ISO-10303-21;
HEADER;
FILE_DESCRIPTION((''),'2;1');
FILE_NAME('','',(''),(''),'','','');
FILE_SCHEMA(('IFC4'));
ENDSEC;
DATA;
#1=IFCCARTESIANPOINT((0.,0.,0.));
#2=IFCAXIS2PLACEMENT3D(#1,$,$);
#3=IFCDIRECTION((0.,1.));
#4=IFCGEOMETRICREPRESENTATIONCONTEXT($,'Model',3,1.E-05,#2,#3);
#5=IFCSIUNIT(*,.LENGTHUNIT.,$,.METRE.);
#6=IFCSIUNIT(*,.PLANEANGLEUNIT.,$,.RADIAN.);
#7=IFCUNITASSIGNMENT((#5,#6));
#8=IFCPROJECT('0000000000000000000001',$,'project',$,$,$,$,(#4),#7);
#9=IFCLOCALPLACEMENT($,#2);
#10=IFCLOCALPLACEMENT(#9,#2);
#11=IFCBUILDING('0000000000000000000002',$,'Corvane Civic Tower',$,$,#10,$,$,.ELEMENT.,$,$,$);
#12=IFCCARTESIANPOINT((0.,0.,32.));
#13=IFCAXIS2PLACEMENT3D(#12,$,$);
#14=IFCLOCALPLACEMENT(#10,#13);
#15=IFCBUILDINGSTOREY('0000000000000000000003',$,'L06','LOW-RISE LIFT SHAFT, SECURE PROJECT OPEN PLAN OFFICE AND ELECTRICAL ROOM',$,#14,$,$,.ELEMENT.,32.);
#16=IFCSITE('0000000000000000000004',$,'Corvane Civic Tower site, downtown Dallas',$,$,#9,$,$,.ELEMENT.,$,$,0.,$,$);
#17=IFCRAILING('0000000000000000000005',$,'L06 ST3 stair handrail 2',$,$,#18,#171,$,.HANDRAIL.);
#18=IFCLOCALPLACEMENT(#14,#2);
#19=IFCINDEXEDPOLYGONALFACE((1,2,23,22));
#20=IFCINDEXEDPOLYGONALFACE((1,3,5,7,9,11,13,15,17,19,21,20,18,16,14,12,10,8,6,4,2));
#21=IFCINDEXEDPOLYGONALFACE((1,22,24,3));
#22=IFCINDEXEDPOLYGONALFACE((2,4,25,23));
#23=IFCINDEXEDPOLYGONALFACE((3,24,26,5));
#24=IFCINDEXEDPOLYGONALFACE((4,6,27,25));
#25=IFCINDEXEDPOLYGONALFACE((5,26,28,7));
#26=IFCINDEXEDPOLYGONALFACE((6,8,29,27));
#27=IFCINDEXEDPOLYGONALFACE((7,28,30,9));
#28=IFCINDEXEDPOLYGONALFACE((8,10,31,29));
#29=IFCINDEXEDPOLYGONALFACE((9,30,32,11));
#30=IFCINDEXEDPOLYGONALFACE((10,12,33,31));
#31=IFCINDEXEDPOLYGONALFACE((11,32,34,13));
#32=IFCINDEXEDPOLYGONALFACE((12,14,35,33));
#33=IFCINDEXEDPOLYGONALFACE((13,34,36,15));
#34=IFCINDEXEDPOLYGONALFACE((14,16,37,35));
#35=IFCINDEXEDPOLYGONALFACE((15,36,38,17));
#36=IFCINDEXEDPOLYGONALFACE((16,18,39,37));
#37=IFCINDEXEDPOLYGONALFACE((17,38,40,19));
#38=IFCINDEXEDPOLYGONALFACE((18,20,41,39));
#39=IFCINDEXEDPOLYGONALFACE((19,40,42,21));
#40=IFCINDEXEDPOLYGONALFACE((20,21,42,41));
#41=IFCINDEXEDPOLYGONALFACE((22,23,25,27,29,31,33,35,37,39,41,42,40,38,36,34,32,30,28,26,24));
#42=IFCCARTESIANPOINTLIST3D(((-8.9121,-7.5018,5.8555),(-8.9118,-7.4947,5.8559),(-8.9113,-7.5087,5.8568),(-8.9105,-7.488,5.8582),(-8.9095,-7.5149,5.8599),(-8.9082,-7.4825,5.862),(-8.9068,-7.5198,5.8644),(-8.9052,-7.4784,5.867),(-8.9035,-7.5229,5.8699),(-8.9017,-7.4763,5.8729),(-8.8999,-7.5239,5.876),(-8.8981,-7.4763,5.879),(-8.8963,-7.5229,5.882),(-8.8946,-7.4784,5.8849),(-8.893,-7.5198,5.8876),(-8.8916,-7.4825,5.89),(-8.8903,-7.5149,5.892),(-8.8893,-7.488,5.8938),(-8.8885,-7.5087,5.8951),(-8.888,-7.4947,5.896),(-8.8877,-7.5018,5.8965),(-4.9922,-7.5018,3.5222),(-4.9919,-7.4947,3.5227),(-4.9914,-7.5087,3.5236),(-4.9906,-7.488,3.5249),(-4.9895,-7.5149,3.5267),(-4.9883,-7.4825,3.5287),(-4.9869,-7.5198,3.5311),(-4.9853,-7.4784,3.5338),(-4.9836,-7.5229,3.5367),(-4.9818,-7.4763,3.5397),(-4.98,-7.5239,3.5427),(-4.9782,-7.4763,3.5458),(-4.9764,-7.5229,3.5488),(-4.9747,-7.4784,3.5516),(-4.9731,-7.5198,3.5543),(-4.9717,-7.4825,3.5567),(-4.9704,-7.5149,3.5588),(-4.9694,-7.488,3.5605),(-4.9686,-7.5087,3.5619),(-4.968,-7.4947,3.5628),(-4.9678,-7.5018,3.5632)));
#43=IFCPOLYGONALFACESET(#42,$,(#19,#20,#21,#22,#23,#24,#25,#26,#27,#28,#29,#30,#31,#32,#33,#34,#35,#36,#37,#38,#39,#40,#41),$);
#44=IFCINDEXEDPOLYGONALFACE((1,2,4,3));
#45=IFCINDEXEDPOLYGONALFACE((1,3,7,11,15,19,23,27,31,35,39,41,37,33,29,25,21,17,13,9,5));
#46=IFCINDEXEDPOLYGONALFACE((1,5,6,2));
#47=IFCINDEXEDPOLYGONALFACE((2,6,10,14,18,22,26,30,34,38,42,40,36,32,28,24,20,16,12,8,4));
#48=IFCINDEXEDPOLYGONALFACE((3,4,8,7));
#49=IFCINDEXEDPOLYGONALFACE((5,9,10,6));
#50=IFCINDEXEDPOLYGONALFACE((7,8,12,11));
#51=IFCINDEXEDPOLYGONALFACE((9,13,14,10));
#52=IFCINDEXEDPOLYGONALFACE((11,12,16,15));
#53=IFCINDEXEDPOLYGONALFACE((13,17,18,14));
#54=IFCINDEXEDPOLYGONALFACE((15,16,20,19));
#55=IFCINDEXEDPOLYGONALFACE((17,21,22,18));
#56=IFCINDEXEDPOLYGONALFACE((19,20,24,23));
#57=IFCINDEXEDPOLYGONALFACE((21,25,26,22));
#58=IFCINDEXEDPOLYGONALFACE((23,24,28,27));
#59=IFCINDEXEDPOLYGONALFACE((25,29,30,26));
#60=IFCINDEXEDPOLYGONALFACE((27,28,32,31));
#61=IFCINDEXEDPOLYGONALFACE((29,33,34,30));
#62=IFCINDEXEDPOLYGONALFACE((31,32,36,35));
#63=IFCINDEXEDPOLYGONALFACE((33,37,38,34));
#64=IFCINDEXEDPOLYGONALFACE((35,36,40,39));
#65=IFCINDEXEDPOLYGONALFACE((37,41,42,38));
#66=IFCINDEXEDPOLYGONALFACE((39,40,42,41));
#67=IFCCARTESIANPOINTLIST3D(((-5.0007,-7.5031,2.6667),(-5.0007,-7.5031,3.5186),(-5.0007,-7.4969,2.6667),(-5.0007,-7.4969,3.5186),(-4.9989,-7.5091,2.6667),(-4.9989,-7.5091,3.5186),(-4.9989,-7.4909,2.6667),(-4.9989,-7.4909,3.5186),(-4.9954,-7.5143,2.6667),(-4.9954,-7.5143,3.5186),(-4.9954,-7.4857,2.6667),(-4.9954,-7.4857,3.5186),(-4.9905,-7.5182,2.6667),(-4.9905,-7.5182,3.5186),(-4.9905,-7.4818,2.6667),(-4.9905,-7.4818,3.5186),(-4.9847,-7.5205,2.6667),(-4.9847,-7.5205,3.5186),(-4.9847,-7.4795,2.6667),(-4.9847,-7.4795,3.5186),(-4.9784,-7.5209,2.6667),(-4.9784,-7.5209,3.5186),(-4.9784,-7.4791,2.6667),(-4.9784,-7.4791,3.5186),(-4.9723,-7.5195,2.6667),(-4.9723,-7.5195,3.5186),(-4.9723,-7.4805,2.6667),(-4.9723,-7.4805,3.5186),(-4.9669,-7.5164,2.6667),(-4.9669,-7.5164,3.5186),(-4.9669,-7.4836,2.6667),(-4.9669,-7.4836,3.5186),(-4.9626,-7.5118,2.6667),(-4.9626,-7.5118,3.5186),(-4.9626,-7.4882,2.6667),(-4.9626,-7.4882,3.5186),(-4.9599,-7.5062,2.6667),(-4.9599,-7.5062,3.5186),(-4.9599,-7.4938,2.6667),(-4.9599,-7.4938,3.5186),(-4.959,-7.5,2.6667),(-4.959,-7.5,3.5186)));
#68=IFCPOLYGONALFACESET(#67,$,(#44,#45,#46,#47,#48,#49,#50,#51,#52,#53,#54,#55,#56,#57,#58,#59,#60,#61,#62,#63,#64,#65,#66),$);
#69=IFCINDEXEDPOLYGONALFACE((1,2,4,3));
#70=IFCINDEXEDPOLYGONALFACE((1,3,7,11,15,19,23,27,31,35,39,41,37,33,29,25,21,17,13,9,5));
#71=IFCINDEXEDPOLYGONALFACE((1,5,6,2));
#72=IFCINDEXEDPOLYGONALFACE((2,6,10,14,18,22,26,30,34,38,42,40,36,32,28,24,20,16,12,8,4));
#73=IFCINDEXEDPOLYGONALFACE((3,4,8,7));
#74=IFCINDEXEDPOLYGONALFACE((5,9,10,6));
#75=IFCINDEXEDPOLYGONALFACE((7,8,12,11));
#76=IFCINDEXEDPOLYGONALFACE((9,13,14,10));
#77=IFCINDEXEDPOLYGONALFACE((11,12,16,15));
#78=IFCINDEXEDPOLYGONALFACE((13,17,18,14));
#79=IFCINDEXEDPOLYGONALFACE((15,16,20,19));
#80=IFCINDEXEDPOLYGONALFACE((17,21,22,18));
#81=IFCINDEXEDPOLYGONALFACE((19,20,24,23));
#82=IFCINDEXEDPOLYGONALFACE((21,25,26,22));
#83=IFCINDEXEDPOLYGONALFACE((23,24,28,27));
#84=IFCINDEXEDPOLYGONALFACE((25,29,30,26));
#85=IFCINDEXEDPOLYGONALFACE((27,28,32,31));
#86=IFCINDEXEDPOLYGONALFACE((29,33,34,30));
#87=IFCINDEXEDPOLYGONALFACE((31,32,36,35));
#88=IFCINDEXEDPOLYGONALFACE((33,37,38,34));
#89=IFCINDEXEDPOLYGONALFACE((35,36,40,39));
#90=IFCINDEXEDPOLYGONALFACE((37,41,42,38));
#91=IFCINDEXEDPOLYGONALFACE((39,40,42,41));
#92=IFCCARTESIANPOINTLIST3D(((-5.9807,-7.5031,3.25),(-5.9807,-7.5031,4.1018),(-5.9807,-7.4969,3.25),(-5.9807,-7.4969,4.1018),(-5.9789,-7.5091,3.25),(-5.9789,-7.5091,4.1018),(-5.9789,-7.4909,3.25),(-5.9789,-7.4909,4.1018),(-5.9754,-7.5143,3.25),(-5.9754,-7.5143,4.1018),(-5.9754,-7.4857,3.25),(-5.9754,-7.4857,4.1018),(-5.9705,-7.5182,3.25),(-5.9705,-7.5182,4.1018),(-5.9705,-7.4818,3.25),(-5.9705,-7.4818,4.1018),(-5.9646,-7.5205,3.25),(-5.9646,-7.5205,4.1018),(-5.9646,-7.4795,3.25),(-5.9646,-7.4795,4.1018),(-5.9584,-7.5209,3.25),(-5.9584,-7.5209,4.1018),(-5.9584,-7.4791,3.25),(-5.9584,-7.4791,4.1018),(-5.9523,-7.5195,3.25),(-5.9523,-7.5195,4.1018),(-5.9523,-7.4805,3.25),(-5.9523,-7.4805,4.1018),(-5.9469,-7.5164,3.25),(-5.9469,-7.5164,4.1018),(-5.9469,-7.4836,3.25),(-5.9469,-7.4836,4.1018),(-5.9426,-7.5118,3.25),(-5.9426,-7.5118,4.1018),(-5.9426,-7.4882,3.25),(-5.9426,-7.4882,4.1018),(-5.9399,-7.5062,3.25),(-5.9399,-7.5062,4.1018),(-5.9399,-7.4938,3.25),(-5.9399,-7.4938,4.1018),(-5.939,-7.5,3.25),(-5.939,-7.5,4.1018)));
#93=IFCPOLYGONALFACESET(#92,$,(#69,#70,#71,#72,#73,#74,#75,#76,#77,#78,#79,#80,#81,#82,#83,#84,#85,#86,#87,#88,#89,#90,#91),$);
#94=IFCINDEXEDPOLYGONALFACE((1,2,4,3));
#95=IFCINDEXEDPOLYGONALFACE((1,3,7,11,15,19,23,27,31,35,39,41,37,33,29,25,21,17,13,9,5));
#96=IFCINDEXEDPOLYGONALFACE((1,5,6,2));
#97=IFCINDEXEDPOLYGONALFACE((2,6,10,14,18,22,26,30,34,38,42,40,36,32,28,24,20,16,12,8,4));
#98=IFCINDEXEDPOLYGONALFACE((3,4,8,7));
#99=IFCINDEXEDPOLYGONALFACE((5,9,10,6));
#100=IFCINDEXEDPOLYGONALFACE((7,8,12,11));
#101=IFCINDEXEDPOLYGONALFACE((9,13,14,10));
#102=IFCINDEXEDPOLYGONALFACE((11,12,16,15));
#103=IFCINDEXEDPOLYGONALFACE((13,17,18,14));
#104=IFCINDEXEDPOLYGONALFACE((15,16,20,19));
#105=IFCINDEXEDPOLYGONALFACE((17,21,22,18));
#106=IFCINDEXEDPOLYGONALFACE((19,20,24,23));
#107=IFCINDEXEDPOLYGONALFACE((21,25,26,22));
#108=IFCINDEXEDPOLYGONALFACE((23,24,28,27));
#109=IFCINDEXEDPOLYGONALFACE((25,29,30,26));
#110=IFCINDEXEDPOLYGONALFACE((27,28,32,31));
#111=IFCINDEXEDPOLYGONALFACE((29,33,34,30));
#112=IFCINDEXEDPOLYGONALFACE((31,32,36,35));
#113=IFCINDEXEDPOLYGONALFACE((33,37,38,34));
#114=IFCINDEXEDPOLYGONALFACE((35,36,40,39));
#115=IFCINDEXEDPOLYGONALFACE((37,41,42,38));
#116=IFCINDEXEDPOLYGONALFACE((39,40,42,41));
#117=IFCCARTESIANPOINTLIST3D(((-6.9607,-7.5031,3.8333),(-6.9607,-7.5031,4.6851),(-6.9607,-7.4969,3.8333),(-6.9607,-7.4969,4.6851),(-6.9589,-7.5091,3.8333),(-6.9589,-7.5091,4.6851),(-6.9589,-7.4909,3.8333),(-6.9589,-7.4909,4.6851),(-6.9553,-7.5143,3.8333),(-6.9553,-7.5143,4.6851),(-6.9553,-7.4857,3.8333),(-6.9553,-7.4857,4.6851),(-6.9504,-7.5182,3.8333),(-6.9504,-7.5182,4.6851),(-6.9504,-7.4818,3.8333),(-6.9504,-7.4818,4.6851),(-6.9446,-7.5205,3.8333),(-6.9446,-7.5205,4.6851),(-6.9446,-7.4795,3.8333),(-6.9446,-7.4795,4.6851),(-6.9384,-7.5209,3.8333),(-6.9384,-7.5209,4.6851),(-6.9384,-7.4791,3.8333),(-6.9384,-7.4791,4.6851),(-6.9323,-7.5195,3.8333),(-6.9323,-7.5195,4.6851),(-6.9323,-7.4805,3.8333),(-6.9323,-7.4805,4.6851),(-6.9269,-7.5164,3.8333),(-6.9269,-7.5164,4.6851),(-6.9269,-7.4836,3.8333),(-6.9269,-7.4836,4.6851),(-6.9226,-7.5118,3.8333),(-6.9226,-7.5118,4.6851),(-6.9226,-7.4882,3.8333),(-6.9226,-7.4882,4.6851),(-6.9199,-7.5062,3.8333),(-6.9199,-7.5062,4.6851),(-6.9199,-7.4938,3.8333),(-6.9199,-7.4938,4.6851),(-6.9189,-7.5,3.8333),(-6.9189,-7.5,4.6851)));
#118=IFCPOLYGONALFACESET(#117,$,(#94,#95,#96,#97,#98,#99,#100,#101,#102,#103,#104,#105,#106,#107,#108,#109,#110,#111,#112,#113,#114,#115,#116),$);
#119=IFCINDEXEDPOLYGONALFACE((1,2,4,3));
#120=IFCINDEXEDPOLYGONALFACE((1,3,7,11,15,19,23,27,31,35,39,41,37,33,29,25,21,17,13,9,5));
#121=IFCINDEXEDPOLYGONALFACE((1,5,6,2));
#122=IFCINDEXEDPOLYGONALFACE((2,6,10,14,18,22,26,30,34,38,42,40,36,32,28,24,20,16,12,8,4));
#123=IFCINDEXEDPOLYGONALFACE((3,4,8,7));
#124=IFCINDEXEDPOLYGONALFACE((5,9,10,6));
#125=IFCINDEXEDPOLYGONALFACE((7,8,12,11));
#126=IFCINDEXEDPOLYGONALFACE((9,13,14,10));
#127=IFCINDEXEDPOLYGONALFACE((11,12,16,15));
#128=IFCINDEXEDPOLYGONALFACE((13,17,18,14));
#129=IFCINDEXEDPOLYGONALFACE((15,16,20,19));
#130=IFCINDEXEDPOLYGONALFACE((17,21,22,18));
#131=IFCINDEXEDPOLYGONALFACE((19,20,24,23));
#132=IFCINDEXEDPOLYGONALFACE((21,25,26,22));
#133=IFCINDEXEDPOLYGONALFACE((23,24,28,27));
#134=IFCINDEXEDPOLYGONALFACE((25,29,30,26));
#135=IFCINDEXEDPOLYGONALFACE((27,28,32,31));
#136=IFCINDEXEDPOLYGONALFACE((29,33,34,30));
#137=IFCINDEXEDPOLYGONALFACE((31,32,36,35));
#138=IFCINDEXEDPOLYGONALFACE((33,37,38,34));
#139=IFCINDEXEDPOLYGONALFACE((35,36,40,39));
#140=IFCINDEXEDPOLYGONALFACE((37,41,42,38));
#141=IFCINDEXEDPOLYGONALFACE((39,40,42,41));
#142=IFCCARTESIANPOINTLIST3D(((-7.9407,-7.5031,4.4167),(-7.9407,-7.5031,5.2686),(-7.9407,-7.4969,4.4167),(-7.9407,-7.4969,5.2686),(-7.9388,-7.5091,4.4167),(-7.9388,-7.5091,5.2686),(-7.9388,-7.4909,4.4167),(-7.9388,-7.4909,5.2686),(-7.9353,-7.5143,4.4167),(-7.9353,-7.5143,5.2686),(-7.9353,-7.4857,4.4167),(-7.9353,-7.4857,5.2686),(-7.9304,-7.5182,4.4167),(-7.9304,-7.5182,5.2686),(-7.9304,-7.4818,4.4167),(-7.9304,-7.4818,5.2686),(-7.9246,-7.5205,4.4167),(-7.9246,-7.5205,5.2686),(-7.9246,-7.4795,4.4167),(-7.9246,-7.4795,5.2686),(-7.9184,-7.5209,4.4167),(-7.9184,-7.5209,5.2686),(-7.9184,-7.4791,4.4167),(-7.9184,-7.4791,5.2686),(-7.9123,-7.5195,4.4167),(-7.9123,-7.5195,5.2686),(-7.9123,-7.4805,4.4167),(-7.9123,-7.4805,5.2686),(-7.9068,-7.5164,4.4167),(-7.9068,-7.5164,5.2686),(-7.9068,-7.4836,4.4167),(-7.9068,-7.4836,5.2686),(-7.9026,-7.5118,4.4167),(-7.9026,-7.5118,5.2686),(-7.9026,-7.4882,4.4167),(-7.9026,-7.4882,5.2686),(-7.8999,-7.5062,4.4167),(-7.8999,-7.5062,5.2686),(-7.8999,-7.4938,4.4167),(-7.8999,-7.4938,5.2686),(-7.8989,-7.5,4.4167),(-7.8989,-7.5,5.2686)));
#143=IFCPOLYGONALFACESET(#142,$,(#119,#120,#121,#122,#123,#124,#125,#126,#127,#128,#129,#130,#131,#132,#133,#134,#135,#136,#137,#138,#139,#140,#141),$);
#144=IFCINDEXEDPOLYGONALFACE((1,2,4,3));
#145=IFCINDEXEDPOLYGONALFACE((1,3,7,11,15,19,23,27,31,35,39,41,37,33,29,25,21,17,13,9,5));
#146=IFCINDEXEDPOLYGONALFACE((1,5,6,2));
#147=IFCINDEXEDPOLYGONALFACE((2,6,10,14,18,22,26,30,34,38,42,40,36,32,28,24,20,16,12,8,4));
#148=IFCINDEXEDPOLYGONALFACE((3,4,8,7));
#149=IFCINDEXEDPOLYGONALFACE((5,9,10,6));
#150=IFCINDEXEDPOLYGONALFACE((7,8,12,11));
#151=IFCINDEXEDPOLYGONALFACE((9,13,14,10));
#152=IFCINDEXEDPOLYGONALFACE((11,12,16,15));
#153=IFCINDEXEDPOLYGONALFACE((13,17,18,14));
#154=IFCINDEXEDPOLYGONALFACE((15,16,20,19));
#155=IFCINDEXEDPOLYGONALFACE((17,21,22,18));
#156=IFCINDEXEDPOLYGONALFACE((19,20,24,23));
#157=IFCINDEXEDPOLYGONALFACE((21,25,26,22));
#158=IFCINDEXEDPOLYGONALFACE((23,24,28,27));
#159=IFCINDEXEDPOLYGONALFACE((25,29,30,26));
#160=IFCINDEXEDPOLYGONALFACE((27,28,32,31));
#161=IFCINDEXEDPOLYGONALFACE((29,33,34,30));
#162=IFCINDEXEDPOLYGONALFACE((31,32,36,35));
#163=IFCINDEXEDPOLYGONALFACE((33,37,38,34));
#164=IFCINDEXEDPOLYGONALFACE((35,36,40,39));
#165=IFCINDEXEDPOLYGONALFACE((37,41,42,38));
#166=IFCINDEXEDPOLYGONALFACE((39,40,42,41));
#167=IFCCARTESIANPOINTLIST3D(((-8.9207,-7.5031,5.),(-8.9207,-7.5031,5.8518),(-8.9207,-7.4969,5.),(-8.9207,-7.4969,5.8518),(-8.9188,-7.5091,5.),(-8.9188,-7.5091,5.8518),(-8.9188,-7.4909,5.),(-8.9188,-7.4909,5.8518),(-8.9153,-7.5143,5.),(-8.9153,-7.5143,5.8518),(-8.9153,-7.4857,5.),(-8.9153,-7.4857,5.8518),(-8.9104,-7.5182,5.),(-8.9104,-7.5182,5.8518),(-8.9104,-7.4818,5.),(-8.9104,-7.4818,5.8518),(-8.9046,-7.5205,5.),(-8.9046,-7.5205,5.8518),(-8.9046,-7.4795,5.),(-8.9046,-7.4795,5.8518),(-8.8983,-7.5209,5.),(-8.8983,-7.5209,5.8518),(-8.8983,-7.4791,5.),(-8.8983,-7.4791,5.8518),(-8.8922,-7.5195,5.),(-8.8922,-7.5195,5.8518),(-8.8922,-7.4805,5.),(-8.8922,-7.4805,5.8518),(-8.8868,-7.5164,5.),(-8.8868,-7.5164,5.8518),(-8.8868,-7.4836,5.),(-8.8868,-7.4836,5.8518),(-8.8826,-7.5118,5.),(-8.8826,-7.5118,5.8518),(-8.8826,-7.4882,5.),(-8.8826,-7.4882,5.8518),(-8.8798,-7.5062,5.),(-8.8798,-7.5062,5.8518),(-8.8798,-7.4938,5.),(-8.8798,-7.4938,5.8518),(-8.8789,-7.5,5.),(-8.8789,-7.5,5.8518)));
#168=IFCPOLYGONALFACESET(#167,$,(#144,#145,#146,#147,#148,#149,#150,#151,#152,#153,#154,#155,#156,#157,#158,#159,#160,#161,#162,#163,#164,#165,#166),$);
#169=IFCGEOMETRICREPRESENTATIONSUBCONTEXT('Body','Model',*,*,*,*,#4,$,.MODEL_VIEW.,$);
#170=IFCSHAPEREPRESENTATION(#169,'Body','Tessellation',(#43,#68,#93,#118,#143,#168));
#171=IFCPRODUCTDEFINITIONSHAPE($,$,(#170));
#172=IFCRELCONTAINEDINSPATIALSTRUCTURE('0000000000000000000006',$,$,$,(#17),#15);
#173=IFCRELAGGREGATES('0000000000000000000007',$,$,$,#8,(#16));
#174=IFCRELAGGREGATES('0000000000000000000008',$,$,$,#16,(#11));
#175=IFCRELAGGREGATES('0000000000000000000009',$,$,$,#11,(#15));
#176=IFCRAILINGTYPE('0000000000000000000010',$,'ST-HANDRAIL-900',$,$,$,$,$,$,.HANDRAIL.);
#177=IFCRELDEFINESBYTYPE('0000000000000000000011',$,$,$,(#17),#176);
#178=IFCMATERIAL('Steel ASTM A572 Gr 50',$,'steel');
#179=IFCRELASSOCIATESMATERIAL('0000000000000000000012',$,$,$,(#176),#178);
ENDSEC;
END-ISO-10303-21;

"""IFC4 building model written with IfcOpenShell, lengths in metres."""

from ifc_helpers import new_model, si_unit, direction, frame, origin, origin_2d, place, context, subcontext, project, spatial, circle, extrude, material, type_object, element, save


model = new_model("IFC4")

# Units and contexts
model_context = context("Model", 3, precision=1e-05, world=origin(), true_north=direction((0.0, 1.0)))
body_context = subcontext(model_context, "Body", "Model", "MODEL_VIEW")
ifc_project = project(units=[si_unit("LENGTHUNIT", "METRE"), si_unit("PLANEANGLEUNIT", "RADIAN")], contexts=[model_context])

# Site, building, storey
site_placement = place(None, origin())
site = spatial("IfcSite", under=ifc_project, at=site_placement, Name="Corvane Civic Tower site, downtown Dallas", CompositionType="ELEMENT", RefElevation=0.0)
building_placement = place(site_placement, origin())
building = spatial("IfcBuilding", under=site, at=building_placement, Name="Corvane Civic Tower", CompositionType="ELEMENT")
storey_placement = place(building_placement, frame((0.0, 0.0, 32.0)))
storey = spatial("IfcBuildingStorey", under=building, at=storey_placement, Name="L06", Description="LOW-RISE LIFT SHAFT, SECURE PROJECT OPEN PLAN OFFICE AND ELECTRICAL ROOM", CompositionType="ELEMENT", Elevation=32.0)

# Railing
ifc_material_1 = material(Name="Steel ASTM A572 Gr 50", Category="steel")
railing_type = type_object("IfcRailingType", Name="ST-HANDRAIL-900", PredefinedType="HANDRAIL", material=ifc_material_1)
railing_placement = place(storey_placement, frame((-4.98, -7.5, 2.6667)))
element("IfcRailing", 1, at=railing_placement, inside=storey, type_object=railing_type, Name="L06 ST3 stair handrail 2", PredefinedType="HANDRAIL", context=body_context, shape_type="SweptSolid", body=[
    extrude(circle(Radius=0.0239, at=origin_2d()), frame((0.0, 0.0, 0.876), z_axis=(-0.859296, 0.0, 0.511478), x_axis=(0.0, -1.0, 0.0)), (0.0, 0.0, 1.0), 4.5618),
    extrude(circle(Radius=0.021, at=origin_2d()), origin(), (0.0, 0.0, 1.0), 0.8518),
    extrude(circle(Radius=0.021, at=origin_2d()), frame((-0.98, 0.0, 0.5833)), (0.0, 0.0, 1.0), 0.8518),
    extrude(circle(Radius=0.021, at=origin_2d()), frame((-1.96, 0.0, 1.1665)), (0.0, 0.0, 1.0), 0.8518),
    extrude(circle(Radius=0.021, at=origin_2d()), frame((-2.9399, 0.0, 1.75)), (0.0, 0.0, 1.0), 0.8518),
    extrude(circle(Radius=0.021, at=origin_2d()), frame((-3.9199, 0.0, 2.3333)), (0.0, 0.0, 1.0), 0.8518),
])

save(model, "model.ifc")
